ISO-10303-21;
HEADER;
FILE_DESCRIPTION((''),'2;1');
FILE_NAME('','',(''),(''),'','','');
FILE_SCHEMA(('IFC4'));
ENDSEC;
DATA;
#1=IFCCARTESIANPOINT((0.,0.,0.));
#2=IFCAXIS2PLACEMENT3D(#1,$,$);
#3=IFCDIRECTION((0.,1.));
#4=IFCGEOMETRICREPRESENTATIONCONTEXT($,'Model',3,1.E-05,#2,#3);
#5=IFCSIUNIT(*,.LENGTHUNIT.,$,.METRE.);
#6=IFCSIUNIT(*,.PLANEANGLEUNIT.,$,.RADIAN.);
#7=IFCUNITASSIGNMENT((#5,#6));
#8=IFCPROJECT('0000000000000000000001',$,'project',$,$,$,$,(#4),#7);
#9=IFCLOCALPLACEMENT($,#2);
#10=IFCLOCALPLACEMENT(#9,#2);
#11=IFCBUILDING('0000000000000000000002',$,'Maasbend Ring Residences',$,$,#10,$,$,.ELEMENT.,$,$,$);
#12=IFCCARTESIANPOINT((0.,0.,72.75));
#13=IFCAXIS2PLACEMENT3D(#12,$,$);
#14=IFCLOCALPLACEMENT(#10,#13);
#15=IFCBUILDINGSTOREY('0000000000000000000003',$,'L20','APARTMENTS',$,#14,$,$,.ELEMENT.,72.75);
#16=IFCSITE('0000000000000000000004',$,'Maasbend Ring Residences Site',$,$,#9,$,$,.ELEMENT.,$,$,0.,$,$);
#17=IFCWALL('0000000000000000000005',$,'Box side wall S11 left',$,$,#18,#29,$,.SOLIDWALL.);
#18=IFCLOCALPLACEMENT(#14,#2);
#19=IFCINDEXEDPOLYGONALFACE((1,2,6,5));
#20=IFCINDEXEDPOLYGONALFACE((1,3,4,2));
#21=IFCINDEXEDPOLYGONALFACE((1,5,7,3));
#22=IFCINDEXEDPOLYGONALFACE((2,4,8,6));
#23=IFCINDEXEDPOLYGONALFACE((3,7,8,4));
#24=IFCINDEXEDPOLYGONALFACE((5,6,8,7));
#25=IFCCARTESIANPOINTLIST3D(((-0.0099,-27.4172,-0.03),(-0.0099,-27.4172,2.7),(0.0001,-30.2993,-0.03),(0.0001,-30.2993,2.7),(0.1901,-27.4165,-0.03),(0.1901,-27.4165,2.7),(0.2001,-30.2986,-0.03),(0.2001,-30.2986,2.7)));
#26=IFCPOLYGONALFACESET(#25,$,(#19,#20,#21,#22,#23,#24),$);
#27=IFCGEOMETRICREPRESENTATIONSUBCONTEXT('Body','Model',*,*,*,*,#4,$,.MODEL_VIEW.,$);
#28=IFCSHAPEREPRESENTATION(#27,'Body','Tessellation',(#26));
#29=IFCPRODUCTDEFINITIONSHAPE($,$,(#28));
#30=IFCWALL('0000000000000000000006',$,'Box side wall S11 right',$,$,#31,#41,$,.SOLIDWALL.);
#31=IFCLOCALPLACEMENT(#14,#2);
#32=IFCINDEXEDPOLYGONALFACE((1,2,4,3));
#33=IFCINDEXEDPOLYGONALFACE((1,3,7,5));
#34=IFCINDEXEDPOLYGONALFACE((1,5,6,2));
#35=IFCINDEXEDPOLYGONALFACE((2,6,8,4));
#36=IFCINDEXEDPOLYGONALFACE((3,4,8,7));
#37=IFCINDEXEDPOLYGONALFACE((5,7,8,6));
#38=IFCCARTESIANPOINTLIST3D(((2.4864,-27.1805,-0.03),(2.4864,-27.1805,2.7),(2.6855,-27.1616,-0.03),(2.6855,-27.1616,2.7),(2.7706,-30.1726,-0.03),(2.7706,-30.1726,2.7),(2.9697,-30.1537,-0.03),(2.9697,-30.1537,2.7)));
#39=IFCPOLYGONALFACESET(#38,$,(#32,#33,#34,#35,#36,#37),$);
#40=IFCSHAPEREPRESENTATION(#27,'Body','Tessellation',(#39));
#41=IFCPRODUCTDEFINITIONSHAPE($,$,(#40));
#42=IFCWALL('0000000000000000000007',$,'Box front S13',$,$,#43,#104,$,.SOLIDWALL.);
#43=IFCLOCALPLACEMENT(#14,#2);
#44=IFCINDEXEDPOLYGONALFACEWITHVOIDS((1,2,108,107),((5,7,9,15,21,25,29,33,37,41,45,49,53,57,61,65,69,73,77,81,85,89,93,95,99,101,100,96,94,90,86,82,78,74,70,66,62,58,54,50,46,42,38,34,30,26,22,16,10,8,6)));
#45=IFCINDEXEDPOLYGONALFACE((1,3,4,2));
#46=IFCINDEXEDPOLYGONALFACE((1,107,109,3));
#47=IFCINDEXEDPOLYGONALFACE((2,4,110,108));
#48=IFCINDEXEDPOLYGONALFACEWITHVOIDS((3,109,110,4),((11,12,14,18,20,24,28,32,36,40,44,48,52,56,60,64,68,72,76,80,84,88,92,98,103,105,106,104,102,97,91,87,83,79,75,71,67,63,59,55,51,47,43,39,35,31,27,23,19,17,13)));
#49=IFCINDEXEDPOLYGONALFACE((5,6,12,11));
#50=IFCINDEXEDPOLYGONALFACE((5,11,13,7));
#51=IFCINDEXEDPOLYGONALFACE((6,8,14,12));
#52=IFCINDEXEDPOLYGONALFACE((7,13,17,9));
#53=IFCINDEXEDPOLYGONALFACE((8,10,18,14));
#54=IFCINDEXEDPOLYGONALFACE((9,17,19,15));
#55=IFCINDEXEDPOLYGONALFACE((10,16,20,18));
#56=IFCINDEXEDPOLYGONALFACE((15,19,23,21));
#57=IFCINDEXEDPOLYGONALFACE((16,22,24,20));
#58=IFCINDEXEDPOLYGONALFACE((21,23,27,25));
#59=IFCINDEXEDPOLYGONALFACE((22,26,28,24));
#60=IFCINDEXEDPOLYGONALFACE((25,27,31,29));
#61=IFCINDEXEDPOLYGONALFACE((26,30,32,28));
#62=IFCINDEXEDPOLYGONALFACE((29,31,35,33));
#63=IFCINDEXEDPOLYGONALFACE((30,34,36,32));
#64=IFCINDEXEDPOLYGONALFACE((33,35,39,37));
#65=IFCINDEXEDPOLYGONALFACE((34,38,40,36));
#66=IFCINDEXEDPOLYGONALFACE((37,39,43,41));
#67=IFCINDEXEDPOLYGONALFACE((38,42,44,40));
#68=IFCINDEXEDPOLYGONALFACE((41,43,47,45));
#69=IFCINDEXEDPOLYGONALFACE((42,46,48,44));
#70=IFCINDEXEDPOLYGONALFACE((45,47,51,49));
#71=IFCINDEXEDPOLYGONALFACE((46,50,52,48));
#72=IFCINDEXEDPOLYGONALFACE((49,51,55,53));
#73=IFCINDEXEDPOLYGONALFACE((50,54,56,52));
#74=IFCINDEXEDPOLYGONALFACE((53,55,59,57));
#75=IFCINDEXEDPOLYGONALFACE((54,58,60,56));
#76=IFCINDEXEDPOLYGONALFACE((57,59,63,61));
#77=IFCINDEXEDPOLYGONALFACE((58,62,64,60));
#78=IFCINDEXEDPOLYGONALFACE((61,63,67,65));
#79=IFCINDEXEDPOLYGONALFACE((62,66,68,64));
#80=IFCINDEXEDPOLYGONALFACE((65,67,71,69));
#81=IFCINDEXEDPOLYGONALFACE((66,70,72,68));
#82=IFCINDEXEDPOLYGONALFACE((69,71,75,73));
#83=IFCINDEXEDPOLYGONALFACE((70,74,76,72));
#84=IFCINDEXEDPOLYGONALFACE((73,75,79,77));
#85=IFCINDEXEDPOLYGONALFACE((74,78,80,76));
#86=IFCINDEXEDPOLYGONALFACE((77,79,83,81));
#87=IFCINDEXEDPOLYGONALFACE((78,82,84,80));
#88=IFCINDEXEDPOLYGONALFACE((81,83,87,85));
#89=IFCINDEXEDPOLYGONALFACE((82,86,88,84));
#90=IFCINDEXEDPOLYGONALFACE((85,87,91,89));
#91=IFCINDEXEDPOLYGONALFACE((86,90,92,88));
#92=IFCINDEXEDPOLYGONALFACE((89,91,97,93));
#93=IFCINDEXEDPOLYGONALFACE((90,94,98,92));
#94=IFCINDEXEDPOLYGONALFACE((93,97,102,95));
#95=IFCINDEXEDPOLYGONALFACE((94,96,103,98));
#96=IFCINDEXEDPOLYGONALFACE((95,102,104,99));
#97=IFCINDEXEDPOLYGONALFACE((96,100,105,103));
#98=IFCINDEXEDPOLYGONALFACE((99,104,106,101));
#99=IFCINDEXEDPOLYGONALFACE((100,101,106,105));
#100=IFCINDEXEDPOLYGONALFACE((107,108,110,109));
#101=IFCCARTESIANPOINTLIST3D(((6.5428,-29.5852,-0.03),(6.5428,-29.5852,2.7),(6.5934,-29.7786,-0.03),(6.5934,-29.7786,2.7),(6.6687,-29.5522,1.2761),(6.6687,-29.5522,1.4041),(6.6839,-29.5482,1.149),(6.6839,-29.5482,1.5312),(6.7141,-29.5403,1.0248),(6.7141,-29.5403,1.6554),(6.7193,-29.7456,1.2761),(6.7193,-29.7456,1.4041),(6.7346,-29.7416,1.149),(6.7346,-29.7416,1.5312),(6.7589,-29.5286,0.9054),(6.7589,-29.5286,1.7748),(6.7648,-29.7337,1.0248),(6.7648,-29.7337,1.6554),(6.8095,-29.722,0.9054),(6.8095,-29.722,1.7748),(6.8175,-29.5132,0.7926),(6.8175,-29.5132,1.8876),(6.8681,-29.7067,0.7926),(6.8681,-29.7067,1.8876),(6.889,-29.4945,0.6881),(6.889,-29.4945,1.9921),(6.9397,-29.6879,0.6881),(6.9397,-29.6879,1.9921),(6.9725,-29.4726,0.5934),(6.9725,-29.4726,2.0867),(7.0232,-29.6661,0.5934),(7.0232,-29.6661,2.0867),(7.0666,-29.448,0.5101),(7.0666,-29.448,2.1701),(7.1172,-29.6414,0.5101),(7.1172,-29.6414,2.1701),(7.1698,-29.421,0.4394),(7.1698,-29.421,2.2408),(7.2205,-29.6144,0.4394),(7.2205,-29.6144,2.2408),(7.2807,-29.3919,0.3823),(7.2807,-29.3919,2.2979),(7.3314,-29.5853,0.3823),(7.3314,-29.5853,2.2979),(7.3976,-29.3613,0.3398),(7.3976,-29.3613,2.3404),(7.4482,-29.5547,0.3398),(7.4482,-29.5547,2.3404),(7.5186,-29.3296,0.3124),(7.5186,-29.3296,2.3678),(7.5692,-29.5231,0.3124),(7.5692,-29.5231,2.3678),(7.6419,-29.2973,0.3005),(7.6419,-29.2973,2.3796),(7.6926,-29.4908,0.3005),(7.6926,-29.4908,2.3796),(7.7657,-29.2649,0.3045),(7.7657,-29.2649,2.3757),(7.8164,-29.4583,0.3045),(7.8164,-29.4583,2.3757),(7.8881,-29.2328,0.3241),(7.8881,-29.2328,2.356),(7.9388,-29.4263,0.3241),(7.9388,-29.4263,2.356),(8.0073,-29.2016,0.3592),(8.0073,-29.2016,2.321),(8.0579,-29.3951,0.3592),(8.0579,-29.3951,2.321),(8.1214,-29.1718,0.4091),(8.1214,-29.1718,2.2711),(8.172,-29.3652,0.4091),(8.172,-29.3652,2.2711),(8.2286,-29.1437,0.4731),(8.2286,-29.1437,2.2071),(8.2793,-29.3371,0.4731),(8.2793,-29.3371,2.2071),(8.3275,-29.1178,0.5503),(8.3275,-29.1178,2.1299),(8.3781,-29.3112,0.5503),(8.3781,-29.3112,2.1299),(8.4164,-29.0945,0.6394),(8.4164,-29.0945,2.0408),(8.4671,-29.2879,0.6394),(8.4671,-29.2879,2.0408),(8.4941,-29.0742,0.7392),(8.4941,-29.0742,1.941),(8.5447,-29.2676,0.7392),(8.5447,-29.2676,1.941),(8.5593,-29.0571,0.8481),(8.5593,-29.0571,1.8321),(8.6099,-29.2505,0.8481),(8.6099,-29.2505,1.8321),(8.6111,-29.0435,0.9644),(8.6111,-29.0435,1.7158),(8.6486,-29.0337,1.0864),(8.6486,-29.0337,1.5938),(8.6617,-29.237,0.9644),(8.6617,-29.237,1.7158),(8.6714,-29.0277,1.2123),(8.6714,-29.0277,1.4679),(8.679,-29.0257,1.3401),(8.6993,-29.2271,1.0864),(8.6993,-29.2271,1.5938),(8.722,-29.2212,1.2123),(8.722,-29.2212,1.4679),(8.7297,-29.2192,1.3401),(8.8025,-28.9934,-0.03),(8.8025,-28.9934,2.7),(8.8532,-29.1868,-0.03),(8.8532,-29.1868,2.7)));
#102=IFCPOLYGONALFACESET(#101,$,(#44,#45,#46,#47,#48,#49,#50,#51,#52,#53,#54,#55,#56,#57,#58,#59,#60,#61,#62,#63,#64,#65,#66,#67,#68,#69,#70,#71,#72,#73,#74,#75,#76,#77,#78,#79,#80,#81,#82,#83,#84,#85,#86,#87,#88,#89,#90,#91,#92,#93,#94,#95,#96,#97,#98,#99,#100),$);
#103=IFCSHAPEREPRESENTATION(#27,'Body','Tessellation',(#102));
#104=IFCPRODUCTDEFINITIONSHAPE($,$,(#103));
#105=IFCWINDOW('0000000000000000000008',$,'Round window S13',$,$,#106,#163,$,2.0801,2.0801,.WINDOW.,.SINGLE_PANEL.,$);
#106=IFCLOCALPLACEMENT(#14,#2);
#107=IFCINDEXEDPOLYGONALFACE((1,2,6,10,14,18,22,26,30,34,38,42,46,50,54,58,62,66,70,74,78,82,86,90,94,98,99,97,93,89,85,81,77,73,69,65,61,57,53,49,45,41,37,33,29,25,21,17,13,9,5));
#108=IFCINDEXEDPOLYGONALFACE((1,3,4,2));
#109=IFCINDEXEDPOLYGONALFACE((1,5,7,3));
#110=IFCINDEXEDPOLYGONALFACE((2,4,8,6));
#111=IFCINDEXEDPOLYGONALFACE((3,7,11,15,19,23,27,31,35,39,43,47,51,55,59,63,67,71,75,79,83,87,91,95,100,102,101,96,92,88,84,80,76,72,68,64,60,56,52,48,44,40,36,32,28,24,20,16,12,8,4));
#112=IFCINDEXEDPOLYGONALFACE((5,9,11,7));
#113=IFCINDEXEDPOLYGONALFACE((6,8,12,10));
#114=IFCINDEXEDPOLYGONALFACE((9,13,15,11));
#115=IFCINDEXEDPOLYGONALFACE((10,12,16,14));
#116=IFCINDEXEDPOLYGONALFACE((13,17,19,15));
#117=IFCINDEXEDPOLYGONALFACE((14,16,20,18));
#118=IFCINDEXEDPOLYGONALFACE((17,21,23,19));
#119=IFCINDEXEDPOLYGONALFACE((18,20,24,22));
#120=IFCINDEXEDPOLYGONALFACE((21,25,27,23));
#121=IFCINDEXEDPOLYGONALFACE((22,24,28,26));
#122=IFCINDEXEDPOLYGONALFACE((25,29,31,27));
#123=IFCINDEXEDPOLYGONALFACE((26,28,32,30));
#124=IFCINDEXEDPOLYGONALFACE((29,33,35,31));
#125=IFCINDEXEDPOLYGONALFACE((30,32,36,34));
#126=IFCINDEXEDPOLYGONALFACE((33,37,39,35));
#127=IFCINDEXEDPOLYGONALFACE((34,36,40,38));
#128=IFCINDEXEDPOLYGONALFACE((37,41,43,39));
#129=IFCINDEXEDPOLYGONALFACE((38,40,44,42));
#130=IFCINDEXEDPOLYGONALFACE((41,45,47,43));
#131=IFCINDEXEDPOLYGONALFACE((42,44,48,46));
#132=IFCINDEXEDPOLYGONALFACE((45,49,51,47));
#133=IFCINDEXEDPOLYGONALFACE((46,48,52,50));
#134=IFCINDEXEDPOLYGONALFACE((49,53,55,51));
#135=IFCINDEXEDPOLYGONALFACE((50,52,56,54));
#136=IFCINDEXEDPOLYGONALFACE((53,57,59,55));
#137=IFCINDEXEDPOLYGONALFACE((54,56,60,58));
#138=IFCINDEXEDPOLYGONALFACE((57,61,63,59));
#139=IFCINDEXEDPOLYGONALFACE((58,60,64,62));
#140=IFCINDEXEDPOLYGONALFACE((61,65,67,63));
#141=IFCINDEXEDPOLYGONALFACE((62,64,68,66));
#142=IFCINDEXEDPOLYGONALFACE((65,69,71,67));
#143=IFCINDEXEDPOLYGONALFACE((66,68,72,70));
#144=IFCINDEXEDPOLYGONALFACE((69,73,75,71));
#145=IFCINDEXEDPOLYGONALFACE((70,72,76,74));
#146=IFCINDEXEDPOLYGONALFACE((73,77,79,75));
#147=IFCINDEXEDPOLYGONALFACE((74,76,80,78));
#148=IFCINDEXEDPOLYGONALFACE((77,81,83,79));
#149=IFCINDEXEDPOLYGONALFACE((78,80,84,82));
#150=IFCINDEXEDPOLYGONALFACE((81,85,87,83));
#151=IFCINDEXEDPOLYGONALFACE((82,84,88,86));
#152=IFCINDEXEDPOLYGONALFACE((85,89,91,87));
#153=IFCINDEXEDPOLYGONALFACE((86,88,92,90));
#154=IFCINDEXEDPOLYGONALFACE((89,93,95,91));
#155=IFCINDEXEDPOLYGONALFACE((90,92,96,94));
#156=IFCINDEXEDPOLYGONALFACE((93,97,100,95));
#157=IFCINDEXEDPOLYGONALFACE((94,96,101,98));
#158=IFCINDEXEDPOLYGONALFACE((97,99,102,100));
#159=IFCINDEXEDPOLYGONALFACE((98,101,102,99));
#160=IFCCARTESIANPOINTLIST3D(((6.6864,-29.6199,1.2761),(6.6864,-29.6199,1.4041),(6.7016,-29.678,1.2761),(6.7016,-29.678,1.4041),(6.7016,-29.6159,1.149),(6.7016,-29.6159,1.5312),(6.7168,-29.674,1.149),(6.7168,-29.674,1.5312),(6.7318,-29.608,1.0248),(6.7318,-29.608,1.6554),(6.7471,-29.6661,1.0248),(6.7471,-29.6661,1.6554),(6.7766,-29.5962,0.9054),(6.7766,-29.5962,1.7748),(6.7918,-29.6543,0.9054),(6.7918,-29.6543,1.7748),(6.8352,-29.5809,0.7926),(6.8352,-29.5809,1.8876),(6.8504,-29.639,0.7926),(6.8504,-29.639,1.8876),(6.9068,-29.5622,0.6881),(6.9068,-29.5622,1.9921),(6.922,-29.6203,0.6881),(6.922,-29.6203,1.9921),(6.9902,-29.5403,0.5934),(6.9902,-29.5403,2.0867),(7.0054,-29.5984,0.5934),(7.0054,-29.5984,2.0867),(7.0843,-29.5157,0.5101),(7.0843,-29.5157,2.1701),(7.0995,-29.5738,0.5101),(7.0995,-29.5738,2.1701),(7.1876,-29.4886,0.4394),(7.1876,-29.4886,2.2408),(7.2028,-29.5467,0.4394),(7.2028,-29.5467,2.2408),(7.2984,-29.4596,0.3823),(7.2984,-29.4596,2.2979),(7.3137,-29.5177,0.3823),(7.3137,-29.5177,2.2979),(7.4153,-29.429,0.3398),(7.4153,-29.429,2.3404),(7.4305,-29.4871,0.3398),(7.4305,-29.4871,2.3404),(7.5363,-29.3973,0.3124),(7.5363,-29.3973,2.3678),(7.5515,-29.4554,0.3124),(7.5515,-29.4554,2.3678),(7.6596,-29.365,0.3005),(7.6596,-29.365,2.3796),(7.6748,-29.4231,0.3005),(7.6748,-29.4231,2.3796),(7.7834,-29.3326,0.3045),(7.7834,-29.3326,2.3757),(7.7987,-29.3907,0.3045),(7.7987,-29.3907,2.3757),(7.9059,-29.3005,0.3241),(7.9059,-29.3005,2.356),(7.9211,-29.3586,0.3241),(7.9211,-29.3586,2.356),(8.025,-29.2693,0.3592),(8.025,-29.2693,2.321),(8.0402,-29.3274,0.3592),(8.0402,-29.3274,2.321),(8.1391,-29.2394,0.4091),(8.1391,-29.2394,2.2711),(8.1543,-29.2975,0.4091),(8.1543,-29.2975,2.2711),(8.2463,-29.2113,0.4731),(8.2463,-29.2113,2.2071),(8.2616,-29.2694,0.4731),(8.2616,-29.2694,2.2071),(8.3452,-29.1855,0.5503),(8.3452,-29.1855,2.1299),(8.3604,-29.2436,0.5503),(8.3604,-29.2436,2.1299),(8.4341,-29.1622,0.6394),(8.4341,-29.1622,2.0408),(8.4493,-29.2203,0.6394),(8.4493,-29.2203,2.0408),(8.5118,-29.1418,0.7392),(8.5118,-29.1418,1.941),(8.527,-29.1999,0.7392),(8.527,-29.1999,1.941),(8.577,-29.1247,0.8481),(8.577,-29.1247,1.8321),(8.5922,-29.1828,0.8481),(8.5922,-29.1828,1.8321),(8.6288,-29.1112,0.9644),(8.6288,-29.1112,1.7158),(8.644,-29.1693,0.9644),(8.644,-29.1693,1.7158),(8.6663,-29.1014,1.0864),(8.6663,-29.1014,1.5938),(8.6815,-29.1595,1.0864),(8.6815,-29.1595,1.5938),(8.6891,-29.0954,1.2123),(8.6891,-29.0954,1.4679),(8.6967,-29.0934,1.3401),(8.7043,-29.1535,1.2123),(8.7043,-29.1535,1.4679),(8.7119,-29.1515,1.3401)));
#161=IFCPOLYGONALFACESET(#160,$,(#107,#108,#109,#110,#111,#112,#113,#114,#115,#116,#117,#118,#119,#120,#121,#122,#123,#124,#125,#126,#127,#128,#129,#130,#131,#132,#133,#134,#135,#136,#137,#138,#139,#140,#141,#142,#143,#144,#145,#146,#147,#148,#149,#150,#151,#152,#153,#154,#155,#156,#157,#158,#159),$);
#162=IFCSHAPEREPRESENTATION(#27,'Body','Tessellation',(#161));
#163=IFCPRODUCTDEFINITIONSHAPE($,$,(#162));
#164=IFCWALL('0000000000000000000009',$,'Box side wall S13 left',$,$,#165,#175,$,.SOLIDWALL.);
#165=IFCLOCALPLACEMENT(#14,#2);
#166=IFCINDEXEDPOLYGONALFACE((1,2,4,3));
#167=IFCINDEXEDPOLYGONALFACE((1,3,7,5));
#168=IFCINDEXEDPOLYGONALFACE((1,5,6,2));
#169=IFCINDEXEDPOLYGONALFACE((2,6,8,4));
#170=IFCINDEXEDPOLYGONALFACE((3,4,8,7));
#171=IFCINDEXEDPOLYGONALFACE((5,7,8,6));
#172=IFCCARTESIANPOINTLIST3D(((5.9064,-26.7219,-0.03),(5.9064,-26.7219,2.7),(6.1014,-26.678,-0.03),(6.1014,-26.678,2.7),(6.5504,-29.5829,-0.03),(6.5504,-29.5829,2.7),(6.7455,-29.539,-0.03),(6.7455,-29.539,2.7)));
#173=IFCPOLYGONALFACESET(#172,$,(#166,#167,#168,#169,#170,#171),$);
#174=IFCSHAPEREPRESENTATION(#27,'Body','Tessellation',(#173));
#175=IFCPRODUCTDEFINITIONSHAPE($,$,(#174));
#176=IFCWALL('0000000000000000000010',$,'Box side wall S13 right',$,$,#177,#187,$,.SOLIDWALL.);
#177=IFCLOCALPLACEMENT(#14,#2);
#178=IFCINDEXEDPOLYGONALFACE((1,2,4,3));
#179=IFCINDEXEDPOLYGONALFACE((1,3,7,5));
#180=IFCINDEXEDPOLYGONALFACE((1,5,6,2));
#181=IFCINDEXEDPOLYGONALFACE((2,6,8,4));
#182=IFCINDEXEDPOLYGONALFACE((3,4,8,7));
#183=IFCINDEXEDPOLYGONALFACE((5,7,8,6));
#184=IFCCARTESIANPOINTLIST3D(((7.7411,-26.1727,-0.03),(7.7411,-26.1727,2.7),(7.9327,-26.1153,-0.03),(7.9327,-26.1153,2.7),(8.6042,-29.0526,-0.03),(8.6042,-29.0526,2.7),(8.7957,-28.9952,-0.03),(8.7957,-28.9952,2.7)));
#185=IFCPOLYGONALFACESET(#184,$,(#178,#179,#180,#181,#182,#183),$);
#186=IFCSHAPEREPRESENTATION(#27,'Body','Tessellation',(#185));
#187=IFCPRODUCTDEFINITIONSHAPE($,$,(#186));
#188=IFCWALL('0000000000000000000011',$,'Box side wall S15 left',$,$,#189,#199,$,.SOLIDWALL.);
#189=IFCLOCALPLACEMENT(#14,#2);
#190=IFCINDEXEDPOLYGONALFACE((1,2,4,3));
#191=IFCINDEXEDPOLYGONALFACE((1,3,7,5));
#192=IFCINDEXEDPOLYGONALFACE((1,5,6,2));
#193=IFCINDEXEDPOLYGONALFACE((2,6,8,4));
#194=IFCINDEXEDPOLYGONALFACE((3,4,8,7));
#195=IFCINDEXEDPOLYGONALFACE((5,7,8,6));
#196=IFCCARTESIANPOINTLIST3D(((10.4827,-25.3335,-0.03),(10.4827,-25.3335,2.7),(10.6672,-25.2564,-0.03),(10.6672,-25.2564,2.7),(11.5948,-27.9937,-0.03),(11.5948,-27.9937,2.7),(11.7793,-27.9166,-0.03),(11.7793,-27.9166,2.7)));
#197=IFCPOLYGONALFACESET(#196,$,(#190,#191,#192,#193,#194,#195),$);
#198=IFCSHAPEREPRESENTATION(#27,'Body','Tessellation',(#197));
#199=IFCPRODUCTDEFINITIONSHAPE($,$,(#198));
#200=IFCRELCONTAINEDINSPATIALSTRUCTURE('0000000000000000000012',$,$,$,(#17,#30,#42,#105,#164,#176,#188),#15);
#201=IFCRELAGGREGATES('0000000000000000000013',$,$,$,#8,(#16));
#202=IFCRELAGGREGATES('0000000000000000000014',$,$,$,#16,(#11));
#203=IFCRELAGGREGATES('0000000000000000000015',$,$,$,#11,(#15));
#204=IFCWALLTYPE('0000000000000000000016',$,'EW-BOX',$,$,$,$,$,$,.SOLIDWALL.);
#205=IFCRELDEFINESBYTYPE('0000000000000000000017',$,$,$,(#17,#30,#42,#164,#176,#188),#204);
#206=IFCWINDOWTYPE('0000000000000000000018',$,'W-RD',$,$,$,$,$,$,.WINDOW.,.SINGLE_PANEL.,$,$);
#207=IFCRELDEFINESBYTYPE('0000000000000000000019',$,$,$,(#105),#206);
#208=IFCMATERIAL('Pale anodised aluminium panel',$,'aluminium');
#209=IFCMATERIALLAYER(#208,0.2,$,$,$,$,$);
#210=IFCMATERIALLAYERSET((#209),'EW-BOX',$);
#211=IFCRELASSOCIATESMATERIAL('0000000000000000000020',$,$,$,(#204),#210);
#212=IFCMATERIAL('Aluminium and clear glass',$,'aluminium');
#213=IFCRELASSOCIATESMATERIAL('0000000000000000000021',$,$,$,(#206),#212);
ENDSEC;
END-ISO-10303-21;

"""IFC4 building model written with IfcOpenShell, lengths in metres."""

from ifc_helpers import new_model, si_unit, direction, frame, frame_2d, origin, place, context, subcontext, project, spatial, rectangle, circle, extrude, material, layer, layer_set, type_object, element, fill, save


model = new_model("IFC4")

# Units and contexts
model_context = context("Model", 3, precision=1e-05, world=origin(), true_north=direction((0.0, 1.0)))
body_context = subcontext(model_context, "Body", "Model", "MODEL_VIEW")
ifc_project = project(units=[si_unit("LENGTHUNIT", "METRE"), si_unit("PLANEANGLEUNIT", "RADIAN")], contexts=[model_context])

# Site, building, storey
site_placement = place(None, origin())
site = spatial("IfcSite", under=ifc_project, at=site_placement, Name="Maasbend Ring Residences Site", CompositionType="ELEMENT", RefElevation=0.0)
building_placement = place(site_placement, origin())
building = spatial("IfcBuilding", under=site, at=building_placement, Name="Maasbend Ring Residences", CompositionType="ELEMENT")
storey_placement = place(building_placement, frame((0.0, 0.0, 72.75)))
storey = spatial("IfcBuildingStorey", under=building, at=storey_placement, Name="L20", Description="APARTMENTS", CompositionType="ELEMENT", Elevation=72.75)

# Walls
ifc_material_1 = material(Name="Pale anodised aluminium panel", Category="aluminium")
ifc_layer_1 = layer(ifc_material_1, 0.2)
ifc_layer_set_1 = layer_set([ifc_layer_1], Name="EW-BOX")
wall_type_1 = type_object("IfcWallType", Name="EW-BOX", PredefinedType="SOLIDWALL", material=ifc_layer_set_1)
wall_1_placement = place(storey_placement, frame((0.0901, -27.417, -0.03), z_axis=(0.0, 0.0, 1.0), x_axis=(0.003473, -0.999994, 0.0)))
element("IfcWall", 1, at=wall_1_placement, inside=storey, type_object=wall_type_1, Name="Box side wall S11 left", PredefinedType="SOLIDWALL", context=body_context, shape_type="SweptSolid", body=[
    extrude(rectangle(XDim=2.8821, YDim=0.2, at=frame_2d((1.4409, 0.0))), origin(), (0.0, 0.0, 1.0), 2.73),
])
wall_2_placement = place(storey_placement, frame((2.5859, -27.1709, -0.03), z_axis=(0.0, 0.0, 1.0), x_axis=(0.094548, -0.99552, 0.0)))
element("IfcWall", 2, at=wall_2_placement, inside=storey, type_object=wall_type_1, Name="Box side wall S11 right", PredefinedType="SOLIDWALL", context=body_context, shape_type="SweptSolid", body=[
    extrude(rectangle(XDim=3.0056, YDim=0.2, at=frame_2d((1.5029, 0.0))), origin(), (0.0, 0.0, 1.0), 2.73),
])

# Wall, opening, window
wall_3_placement = place(storey_placement, frame((6.5681, -29.6819, -0.03), z_axis=(0.0, 0.0, 1.0), x_axis=(0.967377, 0.253341, 0.0)))
wall_3 = element("IfcWall", 3, at=wall_3_placement, inside=storey, type_object=wall_type_1, Name="Box front S13", PredefinedType="SOLIDWALL", context=body_context, shape_type="SweptSolid", body=[
    extrude(rectangle(XDim=2.3359, YDim=0.2, at=frame_2d((1.168, 0.0))), origin(), (0.0, 0.0, 1.0), 2.73),
])
opening_1_placement = place(wall_3_placement, frame((0.1282, 0.0, 0.3301)))
opening_1 = element("IfcOpeningElement", 4, at=opening_1_placement, cuts=wall_3, PredefinedType="OPENING", context=body_context, shape_type="SweptSolid", body=[
    extrude(circle(Radius=1.04, at=frame_2d((1.04, 1.04))), frame((0.0, 0.1099, 0.0), z_axis=(0.0, -1.0, 0.0), x_axis=(1.0, 0.0, 0.0)), (0.0, 0.0, 1.0), 0.22),
])
ifc_material_2 = material(Name="Aluminium and clear glass", Category="aluminium")
window_type_1 = type_object("IfcWindowType", Name="W-RD", PartitioningType="SINGLE_PANEL", PredefinedType="WINDOW", material=ifc_material_2)
window_1_placement = place(opening_1_placement, origin())
window_1 = element("IfcWindow", 5, at=window_1_placement, inside=storey, type_object=window_type_1, Name="Round window S13", OverallHeight=2.0801, OverallWidth=2.0801, PartitioningType="SINGLE_PANEL", PredefinedType="WINDOW", context=body_context, shape_type="SweptSolid", body=[
    extrude(circle(Radius=1.04, at=frame_2d((1.04, 1.04))), frame((0.0, 0.03, 0.0), z_axis=(0.0, -1.0, 0.0), x_axis=(1.0, 0.0, 0.0)), (0.0, 0.0, 1.0), 0.0601),
])
fill(opening_1, window_1)

# Walls
wall_4_placement = place(storey_placement, frame((6.0039, -26.7, -0.03), z_axis=(0.0, 0.0, 1.0), x_axis=(0.219609, -0.975588, 0.0)))
element("IfcWall", 6, at=wall_4_placement, inside=storey, type_object=wall_type_1, Name="Box side wall S13 left", PredefinedType="SOLIDWALL", context=body_context, shape_type="SweptSolid", body=[
    extrude(rectangle(XDim=2.9326, YDim=0.2, at=frame_2d((1.4663, 0.0))), origin(), (0.0, 0.0, 1.0), 2.73),
])
wall_5_placement = place(storey_placement, frame((7.8369, -26.144, -0.03), z_axis=(0.0, 0.0, 1.0), x_axis=(0.287065, -0.957911, 0.0)))
element("IfcWall", 7, at=wall_5_placement, inside=storey, type_object=wall_type_1, Name="Box side wall S13 right", PredefinedType="SOLIDWALL", context=body_context, shape_type="SweptSolid", body=[
    extrude(rectangle(XDim=3.0063, YDim=0.2, at=frame_2d((1.5032, 0.0))), origin(), (0.0, 0.0, 1.0), 2.73),
])
wall_6_placement = place(storey_placement, frame((10.575, -25.2949, -0.03), z_axis=(0.0, 0.0, 1.0), x_axis=(0.385697, -0.922625, 0.0)))
element("IfcWall", 8, at=wall_6_placement, inside=storey, type_object=wall_type_1, Name="Box side wall S15 left", PredefinedType="SOLIDWALL", context=body_context, shape_type="SweptSolid", body=[
    extrude(rectangle(XDim=2.8833, YDim=0.2, at=frame_2d((1.4417, 0.0))), origin(), (0.0, 0.0, 1.0), 2.73),
])

save(model, "model.ifc")
